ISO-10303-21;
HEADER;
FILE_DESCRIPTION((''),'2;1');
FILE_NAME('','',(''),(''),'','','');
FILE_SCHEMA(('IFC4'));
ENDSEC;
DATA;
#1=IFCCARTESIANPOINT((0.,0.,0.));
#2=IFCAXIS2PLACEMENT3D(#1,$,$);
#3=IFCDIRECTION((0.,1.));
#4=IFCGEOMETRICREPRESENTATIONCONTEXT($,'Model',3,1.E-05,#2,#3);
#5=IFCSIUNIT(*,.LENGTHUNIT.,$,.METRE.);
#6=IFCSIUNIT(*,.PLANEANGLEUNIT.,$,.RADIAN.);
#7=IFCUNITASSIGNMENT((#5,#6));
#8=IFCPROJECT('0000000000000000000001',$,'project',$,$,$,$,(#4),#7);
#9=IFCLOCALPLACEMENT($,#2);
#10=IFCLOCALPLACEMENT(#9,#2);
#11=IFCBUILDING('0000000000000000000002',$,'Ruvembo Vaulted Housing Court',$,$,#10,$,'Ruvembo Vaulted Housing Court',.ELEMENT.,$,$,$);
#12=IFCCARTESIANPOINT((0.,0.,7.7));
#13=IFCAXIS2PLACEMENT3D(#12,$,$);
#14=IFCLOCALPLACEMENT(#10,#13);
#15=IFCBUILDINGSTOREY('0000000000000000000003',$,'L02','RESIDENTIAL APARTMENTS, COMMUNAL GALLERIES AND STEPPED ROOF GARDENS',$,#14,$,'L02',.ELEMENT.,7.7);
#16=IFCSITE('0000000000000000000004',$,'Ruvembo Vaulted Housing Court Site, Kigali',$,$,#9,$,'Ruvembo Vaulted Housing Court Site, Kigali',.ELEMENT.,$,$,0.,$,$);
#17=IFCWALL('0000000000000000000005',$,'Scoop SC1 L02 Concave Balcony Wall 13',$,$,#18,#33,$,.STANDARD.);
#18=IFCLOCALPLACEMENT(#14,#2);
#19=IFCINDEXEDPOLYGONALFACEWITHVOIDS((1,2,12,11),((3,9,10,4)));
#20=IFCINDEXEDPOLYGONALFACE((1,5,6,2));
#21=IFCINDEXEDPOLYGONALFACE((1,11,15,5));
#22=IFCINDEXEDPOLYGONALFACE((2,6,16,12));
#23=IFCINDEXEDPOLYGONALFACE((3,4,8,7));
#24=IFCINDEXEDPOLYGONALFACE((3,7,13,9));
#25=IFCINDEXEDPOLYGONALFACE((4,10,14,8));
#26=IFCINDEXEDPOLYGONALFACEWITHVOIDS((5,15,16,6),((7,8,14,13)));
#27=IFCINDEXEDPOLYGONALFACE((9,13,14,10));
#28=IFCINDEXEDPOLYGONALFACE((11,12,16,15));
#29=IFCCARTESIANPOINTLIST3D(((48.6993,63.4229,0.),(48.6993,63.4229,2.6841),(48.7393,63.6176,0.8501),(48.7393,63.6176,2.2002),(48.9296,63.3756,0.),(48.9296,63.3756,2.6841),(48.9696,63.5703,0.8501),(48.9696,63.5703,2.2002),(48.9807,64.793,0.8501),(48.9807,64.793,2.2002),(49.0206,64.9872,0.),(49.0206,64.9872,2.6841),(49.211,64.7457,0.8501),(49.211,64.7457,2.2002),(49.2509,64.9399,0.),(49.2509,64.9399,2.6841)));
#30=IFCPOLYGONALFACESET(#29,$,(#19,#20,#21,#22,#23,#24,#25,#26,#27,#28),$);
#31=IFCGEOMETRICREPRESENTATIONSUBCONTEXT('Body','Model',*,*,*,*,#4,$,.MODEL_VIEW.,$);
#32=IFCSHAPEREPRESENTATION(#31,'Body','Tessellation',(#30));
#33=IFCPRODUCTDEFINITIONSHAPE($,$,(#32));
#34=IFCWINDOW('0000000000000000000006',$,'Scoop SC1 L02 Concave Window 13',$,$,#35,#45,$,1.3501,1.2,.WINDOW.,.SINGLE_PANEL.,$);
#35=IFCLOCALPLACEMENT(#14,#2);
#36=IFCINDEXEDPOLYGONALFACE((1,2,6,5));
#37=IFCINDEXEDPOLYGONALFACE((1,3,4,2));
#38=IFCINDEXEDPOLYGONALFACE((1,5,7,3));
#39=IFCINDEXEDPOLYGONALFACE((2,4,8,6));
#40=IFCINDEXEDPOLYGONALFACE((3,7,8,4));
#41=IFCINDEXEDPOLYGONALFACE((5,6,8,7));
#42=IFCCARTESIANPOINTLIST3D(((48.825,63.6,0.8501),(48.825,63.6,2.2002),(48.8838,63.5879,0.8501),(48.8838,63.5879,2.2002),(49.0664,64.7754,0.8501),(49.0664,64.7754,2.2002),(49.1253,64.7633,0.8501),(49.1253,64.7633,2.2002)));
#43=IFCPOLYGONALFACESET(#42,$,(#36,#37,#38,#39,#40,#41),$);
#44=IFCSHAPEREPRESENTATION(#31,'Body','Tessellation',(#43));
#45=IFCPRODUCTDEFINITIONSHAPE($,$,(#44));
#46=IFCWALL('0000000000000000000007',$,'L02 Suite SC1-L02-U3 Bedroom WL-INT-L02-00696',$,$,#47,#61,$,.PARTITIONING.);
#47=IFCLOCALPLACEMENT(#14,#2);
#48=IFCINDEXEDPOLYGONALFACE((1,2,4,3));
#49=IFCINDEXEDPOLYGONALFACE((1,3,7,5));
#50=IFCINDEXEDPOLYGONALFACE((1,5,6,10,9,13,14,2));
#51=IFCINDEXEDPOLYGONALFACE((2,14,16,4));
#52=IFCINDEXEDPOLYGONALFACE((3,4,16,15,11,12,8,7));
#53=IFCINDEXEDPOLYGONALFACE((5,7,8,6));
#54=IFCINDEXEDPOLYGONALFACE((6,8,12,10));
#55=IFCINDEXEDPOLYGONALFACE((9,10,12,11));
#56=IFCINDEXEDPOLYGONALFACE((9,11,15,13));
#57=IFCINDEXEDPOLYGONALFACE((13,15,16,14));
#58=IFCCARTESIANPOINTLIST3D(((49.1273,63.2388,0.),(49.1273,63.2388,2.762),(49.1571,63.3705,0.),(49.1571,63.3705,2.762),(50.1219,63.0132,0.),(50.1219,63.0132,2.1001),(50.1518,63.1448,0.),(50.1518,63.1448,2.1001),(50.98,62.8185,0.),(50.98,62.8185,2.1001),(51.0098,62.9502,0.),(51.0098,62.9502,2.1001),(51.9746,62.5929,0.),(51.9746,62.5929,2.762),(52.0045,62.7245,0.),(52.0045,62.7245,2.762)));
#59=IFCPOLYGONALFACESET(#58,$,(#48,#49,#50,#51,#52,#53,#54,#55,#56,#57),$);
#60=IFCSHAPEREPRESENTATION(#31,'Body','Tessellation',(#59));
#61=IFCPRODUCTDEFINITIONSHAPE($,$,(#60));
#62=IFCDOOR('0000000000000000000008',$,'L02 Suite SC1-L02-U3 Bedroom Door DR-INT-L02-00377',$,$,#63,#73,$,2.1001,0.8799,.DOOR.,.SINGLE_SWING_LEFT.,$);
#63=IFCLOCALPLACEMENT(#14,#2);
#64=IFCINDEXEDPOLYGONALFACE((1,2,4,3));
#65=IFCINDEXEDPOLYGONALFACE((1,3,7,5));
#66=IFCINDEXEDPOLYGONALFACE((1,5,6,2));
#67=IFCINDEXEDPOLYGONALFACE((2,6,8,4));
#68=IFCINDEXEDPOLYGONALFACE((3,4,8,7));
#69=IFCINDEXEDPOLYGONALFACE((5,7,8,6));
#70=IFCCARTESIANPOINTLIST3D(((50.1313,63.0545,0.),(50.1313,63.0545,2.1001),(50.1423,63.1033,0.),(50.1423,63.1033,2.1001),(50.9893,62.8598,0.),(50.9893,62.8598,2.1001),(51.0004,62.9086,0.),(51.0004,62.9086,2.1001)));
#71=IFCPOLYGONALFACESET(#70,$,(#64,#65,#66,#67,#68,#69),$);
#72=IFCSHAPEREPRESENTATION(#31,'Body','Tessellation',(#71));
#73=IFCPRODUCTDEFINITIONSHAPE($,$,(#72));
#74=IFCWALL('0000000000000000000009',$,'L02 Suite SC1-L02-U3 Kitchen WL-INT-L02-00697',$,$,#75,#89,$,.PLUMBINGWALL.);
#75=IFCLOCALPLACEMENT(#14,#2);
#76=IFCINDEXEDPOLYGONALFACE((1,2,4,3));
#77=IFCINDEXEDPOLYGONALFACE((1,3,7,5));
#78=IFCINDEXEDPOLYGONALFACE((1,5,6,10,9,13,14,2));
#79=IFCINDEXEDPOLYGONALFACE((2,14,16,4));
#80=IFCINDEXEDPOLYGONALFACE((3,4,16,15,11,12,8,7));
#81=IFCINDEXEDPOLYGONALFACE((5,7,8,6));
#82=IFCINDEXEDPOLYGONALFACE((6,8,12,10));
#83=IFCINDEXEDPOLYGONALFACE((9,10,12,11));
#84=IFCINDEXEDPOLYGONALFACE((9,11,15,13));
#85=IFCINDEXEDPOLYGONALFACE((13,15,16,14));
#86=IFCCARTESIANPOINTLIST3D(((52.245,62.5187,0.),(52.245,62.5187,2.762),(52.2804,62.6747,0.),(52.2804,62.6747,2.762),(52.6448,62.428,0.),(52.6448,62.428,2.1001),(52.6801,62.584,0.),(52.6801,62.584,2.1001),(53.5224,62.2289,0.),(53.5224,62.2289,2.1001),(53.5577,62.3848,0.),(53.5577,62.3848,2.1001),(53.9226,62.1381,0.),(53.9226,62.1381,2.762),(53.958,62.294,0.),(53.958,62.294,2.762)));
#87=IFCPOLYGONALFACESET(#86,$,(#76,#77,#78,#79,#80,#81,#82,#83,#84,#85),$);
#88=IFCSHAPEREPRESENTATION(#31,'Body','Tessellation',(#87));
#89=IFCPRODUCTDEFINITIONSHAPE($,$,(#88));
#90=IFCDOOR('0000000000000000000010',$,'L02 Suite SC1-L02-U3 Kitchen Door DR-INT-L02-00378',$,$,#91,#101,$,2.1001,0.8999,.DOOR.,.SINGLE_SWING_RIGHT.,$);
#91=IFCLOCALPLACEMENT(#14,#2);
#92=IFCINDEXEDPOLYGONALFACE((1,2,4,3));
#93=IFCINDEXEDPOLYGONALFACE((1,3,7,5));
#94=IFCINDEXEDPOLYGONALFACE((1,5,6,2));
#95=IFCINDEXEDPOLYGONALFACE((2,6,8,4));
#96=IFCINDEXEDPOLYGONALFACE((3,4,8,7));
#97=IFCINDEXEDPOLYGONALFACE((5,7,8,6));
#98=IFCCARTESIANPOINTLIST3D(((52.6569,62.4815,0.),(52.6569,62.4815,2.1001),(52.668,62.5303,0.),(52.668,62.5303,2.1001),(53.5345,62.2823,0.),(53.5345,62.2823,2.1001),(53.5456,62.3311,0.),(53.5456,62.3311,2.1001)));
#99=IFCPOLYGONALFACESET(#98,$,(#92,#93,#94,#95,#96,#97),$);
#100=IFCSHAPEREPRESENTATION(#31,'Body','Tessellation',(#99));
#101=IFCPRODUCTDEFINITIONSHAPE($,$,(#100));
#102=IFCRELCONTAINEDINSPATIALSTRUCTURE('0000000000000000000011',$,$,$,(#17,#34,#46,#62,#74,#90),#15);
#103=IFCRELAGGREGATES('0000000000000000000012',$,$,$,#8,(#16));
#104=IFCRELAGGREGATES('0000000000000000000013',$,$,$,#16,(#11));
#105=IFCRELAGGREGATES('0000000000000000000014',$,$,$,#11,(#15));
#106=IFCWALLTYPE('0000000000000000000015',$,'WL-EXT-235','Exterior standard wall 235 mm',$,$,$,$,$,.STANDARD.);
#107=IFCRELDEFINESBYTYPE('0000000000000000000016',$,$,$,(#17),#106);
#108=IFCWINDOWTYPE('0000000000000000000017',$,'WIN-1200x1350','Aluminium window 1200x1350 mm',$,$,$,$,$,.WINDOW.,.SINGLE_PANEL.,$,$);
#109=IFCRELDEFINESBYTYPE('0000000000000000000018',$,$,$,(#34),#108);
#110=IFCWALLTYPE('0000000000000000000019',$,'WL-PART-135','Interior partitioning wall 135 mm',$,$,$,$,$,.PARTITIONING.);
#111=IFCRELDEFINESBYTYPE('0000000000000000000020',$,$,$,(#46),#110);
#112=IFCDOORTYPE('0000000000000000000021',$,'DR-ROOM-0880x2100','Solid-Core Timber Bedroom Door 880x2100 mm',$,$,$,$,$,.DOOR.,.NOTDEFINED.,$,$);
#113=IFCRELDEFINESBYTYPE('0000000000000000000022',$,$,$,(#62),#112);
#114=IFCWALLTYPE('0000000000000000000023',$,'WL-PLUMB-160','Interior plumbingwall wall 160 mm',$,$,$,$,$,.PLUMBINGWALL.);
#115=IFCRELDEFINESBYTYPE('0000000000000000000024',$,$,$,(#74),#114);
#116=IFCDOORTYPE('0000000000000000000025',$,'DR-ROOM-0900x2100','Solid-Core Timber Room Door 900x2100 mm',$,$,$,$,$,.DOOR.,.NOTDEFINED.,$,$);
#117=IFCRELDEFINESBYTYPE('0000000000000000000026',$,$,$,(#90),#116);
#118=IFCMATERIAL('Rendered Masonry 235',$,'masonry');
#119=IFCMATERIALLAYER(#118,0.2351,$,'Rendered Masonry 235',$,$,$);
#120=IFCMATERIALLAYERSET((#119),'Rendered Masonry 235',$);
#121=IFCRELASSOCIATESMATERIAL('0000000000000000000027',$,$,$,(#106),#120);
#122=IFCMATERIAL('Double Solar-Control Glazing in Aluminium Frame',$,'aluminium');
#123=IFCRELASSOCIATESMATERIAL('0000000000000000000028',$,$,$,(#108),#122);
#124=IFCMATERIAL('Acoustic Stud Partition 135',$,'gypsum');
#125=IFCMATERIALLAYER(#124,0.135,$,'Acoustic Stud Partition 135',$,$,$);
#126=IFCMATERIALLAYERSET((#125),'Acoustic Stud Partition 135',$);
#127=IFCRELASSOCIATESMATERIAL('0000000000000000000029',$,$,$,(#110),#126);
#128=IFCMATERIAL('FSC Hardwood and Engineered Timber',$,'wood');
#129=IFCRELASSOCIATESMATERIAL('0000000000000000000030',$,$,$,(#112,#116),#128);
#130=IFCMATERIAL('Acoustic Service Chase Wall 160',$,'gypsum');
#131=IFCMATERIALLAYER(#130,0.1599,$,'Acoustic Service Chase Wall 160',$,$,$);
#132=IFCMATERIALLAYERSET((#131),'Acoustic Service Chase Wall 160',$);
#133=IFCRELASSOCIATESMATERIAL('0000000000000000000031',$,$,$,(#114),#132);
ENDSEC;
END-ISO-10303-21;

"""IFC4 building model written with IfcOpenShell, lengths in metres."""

from ifc_helpers import new_model, si_unit, direction, frame, frame_2d, origin, place, context, subcontext, project, spatial, rectangle, extrude, material, layer, layer_set, type_object, element, fill, save


model = new_model("IFC4")

# Units and contexts
model_context = context("Model", 3, precision=1e-05, world=origin(), true_north=direction((0.0, 1.0)))
body_context = subcontext(model_context, "Body", "Model", "MODEL_VIEW")
ifc_project = project(units=[si_unit("LENGTHUNIT", "METRE"), si_unit("PLANEANGLEUNIT", "RADIAN")], contexts=[model_context])

# Site, building, storey
site_placement = place(None, origin())
site = spatial("IfcSite", under=ifc_project, at=site_placement, Name="Ruvembo Vaulted Housing Court Site, Kigali", LongName="Ruvembo Vaulted Housing Court Site, Kigali", CompositionType="ELEMENT", RefElevation=0.0)
building_placement = place(site_placement, origin())
building = spatial("IfcBuilding", under=site, at=building_placement, Name="Ruvembo Vaulted Housing Court", LongName="Ruvembo Vaulted Housing Court", CompositionType="ELEMENT")
storey_placement = place(building_placement, frame((0.0, 0.0, 7.7)))
storey = spatial("IfcBuildingStorey", under=building, at=storey_placement, Name="L02", Description="RESIDENTIAL APARTMENTS, COMMUNAL GALLERIES AND STEPPED ROOF GARDENS", LongName="L02", CompositionType="ELEMENT", Elevation=7.7)

# Wall, opening, window
ifc_material_1 = material(Name="Rendered Masonry 235", Category="masonry")
ifc_layer_1 = layer(ifc_material_1, 0.2351, Name="Rendered Masonry 235")
ifc_layer_set_1 = layer_set([ifc_layer_1], Name="Rendered Masonry 235")
wall_type_1 = type_object("IfcWallType", Name="WL-EXT-235", Description="Exterior standard wall 235 mm", PredefinedType="STANDARD", material=ifc_layer_set_1)
ifc_material_2 = material(Name="Double Solar-Control Glazing in Aluminium Frame", Category="aluminium")
wall_1_placement = place(storey_placement, frame((48.8145, 63.3994, 0.0), z_axis=(0.0, 0.0, 1.0), x_axis=(0.2012, 0.97955, 0.0)))
wall_1 = element("IfcWall", 1, at=wall_1_placement, inside=storey, type_object=wall_type_1, Name="Scoop SC1 L02 Concave Balcony Wall 13", PredefinedType="STANDARD", context=body_context, shape_type="SweptSolid", body=[
    extrude(rectangle(XDim=1.5969, YDim=0.2351, at=frame_2d((0.7983, 0.0))), origin(), (0.0, 0.0, 1.0), 2.6841),
])
opening_1_placement = place(wall_1_placement, frame((0.1985, 0.0, 0.8501)))
opening_1 = element("IfcOpeningElement", 2, at=opening_1_placement, cuts=wall_1, PredefinedType="OPENING", context=body_context, shape_type="SweptSolid", body=[
    extrude(rectangle(XDim=1.2, YDim=1.3501, at=frame_2d((0.6001, 0.675))), frame((0.0, 0.1274, 0.0), z_axis=(0.0, -1.0, 0.0), x_axis=(1.0, 0.0, 0.0)), (0.0, 0.0, 1.0), 0.2551),
])
window_type_1 = type_object("IfcWindowType", Name="WIN-1200x1350", Description="Aluminium window 1200x1350 mm", PartitioningType="SINGLE_PANEL", PredefinedType="WINDOW", material=ifc_material_2)
window_1_placement = place(opening_1_placement, origin())
window_1 = element("IfcWindow", 3, at=window_1_placement, inside=storey, type_object=window_type_1, Name="Scoop SC1 L02 Concave Window 13", OverallHeight=1.3501, OverallWidth=1.2, PartitioningType="SINGLE_PANEL", PredefinedType="WINDOW", context=body_context, shape_type="SweptSolid", body=[
    extrude(rectangle(XDim=1.2, YDim=1.3501, at=frame_2d((0.6001, 0.675))), frame((0.0, 0.03, 0.0), z_axis=(0.0, -1.0, 0.0), x_axis=(1.0, 0.0, 0.0)), (0.0, 0.0, 1.0), 0.0601),
])
fill(opening_1, window_1)

# Walls, openings, doors
ifc_material_3 = material(Name="Acoustic Stud Partition 135", Category="gypsum")
ifc_layer_2 = layer(ifc_material_3, 0.135, Name="Acoustic Stud Partition 135")
ifc_layer_set_2 = layer_set([ifc_layer_2], Name="Acoustic Stud Partition 135")
wall_type_2 = type_object("IfcWallType", Name="WL-PART-135", Description="Interior partitioning wall 135 mm", PredefinedType="PARTITIONING", material=ifc_layer_set_2)
wall_2_placement = place(storey_placement, frame((49.1421, 63.3047, 0.0), z_axis=(0.0, 0.0, 1.0), x_axis=(0.975217, -0.221249, 0.0)))
wall_2 = element("IfcWall", 4, at=wall_2_placement, inside=storey, type_object=wall_type_2, Name="L02 Suite SC1-L02-U3 Bedroom WL-INT-L02-00696", PredefinedType="PARTITIONING", context=body_context, shape_type="SweptSolid", body=[
    extrude(rectangle(XDim=2.9197, YDim=0.135, at=frame_2d((1.46, 0.0))), origin(), (0.0, 0.0, 1.0), 2.762),
])
opening_2_placement = place(wall_2_placement, frame((1.02, 0.0, 0.0)))
opening_2 = element("IfcOpeningElement", 5, at=opening_2_placement, cuts=wall_2, PredefinedType="OPENING", context=body_context, shape_type="SweptSolid", body=[
    extrude(rectangle(XDim=0.8799, YDim=2.1001, at=frame_2d((0.4399, 1.05))), frame((0.0, 0.0774, 0.0), z_axis=(0.0, -1.0, 0.0), x_axis=(1.0, 0.0, 0.0)), (0.0, 0.0, 1.0), 0.155),
])
ifc_material_4 = material(Name="FSC Hardwood and Engineered Timber", Category="wood")
door_type_1 = type_object("IfcDoorType", Name="DR-ROOM-0880x2100", Description="Solid-Core Timber Bedroom Door 880x2100 mm", OperationType="NOTDEFINED", PredefinedType="DOOR", material=ifc_material_4)
door_1_placement = place(opening_2_placement, origin())
door_1 = element("IfcDoor", 6, at=door_1_placement, inside=storey, type_object=door_type_1, Name="L02 Suite SC1-L02-U3 Bedroom Door DR-INT-L02-00377", OperationType="SINGLE_SWING_LEFT", OverallHeight=2.1001, OverallWidth=0.8799, PredefinedType="DOOR", context=body_context, shape_type="SweptSolid", body=[
    extrude(rectangle(XDim=0.8799, YDim=2.1001, at=frame_2d((0.4399, 1.05))), frame((0.0, 0.0249, 0.0), z_axis=(0.0, -1.0, 0.0), x_axis=(1.0, 0.0, 0.0)), (0.0, 0.0, 1.0), 0.05),
])
fill(opening_2, door_1)
ifc_material_5 = material(Name="Acoustic Service Chase Wall 160", Category="gypsum")
ifc_layer_3 = layer(ifc_material_5, 0.1599, Name="Acoustic Service Chase Wall 160")
ifc_layer_set_3 = layer_set([ifc_layer_3], Name="Acoustic Service Chase Wall 160")
wall_type_3 = type_object("IfcWallType", Name="WL-PLUMB-160", Description="Interior plumbingwall wall 160 mm", PredefinedType="PLUMBINGWALL", material=ifc_layer_set_3)
wall_3_placement = place(storey_placement, frame((52.2627, 62.5967, 0.0), z_axis=(0.0, 0.0, 1.0), x_axis=(0.975212, -0.221271, 0.0)))
wall_3 = element("IfcWall", 7, at=wall_3_placement, inside=storey, type_object=wall_type_3, Name="L02 Suite SC1-L02-U3 Kitchen WL-INT-L02-00697", PredefinedType="PLUMBINGWALL", context=body_context, shape_type="SweptSolid", body=[
    extrude(rectangle(XDim=1.7202, YDim=0.1599, at=frame_2d((0.8601, 0.0))), origin(), (0.0, 0.0, 1.0), 2.762),
])
opening_3_placement = place(wall_3_placement, frame((0.4099, 0.0, 0.0)))
opening_3 = element("IfcOpeningElement", 8, at=opening_3_placement, cuts=wall_3, PredefinedType="OPENING", context=body_context, shape_type="SweptSolid", body=[
    extrude(rectangle(XDim=0.8999, YDim=2.1001, at=frame_2d((0.45, 1.05))), frame((0.0, 0.0898, 0.0), z_axis=(0.0, -1.0, 0.0), x_axis=(1.0, 0.0, 0.0)), (0.0, 0.0, 1.0), 0.1799),
])
door_type_2 = type_object("IfcDoorType", Name="DR-ROOM-0900x2100", Description="Solid-Core Timber Room Door 900x2100 mm", OperationType="NOTDEFINED", PredefinedType="DOOR", material=ifc_material_4)
door_2_placement = place(opening_3_placement, origin())
door_2 = element("IfcDoor", 9, at=door_2_placement, inside=storey, type_object=door_type_2, Name="L02 Suite SC1-L02-U3 Kitchen Door DR-INT-L02-00378", OperationType="SINGLE_SWING_RIGHT", OverallHeight=2.1001, OverallWidth=0.8999, PredefinedType="DOOR", context=body_context, shape_type="SweptSolid", body=[
    extrude(rectangle(XDim=0.8999, YDim=2.1001, at=frame_2d((0.45, 1.05))), frame((0.0, 0.0249, 0.0), z_axis=(0.0, -1.0, 0.0), x_axis=(1.0, 0.0, 0.0)), (0.0, 0.0, 1.0), 0.05),
])
fill(opening_3, door_2)

save(model, "model.ifc")
